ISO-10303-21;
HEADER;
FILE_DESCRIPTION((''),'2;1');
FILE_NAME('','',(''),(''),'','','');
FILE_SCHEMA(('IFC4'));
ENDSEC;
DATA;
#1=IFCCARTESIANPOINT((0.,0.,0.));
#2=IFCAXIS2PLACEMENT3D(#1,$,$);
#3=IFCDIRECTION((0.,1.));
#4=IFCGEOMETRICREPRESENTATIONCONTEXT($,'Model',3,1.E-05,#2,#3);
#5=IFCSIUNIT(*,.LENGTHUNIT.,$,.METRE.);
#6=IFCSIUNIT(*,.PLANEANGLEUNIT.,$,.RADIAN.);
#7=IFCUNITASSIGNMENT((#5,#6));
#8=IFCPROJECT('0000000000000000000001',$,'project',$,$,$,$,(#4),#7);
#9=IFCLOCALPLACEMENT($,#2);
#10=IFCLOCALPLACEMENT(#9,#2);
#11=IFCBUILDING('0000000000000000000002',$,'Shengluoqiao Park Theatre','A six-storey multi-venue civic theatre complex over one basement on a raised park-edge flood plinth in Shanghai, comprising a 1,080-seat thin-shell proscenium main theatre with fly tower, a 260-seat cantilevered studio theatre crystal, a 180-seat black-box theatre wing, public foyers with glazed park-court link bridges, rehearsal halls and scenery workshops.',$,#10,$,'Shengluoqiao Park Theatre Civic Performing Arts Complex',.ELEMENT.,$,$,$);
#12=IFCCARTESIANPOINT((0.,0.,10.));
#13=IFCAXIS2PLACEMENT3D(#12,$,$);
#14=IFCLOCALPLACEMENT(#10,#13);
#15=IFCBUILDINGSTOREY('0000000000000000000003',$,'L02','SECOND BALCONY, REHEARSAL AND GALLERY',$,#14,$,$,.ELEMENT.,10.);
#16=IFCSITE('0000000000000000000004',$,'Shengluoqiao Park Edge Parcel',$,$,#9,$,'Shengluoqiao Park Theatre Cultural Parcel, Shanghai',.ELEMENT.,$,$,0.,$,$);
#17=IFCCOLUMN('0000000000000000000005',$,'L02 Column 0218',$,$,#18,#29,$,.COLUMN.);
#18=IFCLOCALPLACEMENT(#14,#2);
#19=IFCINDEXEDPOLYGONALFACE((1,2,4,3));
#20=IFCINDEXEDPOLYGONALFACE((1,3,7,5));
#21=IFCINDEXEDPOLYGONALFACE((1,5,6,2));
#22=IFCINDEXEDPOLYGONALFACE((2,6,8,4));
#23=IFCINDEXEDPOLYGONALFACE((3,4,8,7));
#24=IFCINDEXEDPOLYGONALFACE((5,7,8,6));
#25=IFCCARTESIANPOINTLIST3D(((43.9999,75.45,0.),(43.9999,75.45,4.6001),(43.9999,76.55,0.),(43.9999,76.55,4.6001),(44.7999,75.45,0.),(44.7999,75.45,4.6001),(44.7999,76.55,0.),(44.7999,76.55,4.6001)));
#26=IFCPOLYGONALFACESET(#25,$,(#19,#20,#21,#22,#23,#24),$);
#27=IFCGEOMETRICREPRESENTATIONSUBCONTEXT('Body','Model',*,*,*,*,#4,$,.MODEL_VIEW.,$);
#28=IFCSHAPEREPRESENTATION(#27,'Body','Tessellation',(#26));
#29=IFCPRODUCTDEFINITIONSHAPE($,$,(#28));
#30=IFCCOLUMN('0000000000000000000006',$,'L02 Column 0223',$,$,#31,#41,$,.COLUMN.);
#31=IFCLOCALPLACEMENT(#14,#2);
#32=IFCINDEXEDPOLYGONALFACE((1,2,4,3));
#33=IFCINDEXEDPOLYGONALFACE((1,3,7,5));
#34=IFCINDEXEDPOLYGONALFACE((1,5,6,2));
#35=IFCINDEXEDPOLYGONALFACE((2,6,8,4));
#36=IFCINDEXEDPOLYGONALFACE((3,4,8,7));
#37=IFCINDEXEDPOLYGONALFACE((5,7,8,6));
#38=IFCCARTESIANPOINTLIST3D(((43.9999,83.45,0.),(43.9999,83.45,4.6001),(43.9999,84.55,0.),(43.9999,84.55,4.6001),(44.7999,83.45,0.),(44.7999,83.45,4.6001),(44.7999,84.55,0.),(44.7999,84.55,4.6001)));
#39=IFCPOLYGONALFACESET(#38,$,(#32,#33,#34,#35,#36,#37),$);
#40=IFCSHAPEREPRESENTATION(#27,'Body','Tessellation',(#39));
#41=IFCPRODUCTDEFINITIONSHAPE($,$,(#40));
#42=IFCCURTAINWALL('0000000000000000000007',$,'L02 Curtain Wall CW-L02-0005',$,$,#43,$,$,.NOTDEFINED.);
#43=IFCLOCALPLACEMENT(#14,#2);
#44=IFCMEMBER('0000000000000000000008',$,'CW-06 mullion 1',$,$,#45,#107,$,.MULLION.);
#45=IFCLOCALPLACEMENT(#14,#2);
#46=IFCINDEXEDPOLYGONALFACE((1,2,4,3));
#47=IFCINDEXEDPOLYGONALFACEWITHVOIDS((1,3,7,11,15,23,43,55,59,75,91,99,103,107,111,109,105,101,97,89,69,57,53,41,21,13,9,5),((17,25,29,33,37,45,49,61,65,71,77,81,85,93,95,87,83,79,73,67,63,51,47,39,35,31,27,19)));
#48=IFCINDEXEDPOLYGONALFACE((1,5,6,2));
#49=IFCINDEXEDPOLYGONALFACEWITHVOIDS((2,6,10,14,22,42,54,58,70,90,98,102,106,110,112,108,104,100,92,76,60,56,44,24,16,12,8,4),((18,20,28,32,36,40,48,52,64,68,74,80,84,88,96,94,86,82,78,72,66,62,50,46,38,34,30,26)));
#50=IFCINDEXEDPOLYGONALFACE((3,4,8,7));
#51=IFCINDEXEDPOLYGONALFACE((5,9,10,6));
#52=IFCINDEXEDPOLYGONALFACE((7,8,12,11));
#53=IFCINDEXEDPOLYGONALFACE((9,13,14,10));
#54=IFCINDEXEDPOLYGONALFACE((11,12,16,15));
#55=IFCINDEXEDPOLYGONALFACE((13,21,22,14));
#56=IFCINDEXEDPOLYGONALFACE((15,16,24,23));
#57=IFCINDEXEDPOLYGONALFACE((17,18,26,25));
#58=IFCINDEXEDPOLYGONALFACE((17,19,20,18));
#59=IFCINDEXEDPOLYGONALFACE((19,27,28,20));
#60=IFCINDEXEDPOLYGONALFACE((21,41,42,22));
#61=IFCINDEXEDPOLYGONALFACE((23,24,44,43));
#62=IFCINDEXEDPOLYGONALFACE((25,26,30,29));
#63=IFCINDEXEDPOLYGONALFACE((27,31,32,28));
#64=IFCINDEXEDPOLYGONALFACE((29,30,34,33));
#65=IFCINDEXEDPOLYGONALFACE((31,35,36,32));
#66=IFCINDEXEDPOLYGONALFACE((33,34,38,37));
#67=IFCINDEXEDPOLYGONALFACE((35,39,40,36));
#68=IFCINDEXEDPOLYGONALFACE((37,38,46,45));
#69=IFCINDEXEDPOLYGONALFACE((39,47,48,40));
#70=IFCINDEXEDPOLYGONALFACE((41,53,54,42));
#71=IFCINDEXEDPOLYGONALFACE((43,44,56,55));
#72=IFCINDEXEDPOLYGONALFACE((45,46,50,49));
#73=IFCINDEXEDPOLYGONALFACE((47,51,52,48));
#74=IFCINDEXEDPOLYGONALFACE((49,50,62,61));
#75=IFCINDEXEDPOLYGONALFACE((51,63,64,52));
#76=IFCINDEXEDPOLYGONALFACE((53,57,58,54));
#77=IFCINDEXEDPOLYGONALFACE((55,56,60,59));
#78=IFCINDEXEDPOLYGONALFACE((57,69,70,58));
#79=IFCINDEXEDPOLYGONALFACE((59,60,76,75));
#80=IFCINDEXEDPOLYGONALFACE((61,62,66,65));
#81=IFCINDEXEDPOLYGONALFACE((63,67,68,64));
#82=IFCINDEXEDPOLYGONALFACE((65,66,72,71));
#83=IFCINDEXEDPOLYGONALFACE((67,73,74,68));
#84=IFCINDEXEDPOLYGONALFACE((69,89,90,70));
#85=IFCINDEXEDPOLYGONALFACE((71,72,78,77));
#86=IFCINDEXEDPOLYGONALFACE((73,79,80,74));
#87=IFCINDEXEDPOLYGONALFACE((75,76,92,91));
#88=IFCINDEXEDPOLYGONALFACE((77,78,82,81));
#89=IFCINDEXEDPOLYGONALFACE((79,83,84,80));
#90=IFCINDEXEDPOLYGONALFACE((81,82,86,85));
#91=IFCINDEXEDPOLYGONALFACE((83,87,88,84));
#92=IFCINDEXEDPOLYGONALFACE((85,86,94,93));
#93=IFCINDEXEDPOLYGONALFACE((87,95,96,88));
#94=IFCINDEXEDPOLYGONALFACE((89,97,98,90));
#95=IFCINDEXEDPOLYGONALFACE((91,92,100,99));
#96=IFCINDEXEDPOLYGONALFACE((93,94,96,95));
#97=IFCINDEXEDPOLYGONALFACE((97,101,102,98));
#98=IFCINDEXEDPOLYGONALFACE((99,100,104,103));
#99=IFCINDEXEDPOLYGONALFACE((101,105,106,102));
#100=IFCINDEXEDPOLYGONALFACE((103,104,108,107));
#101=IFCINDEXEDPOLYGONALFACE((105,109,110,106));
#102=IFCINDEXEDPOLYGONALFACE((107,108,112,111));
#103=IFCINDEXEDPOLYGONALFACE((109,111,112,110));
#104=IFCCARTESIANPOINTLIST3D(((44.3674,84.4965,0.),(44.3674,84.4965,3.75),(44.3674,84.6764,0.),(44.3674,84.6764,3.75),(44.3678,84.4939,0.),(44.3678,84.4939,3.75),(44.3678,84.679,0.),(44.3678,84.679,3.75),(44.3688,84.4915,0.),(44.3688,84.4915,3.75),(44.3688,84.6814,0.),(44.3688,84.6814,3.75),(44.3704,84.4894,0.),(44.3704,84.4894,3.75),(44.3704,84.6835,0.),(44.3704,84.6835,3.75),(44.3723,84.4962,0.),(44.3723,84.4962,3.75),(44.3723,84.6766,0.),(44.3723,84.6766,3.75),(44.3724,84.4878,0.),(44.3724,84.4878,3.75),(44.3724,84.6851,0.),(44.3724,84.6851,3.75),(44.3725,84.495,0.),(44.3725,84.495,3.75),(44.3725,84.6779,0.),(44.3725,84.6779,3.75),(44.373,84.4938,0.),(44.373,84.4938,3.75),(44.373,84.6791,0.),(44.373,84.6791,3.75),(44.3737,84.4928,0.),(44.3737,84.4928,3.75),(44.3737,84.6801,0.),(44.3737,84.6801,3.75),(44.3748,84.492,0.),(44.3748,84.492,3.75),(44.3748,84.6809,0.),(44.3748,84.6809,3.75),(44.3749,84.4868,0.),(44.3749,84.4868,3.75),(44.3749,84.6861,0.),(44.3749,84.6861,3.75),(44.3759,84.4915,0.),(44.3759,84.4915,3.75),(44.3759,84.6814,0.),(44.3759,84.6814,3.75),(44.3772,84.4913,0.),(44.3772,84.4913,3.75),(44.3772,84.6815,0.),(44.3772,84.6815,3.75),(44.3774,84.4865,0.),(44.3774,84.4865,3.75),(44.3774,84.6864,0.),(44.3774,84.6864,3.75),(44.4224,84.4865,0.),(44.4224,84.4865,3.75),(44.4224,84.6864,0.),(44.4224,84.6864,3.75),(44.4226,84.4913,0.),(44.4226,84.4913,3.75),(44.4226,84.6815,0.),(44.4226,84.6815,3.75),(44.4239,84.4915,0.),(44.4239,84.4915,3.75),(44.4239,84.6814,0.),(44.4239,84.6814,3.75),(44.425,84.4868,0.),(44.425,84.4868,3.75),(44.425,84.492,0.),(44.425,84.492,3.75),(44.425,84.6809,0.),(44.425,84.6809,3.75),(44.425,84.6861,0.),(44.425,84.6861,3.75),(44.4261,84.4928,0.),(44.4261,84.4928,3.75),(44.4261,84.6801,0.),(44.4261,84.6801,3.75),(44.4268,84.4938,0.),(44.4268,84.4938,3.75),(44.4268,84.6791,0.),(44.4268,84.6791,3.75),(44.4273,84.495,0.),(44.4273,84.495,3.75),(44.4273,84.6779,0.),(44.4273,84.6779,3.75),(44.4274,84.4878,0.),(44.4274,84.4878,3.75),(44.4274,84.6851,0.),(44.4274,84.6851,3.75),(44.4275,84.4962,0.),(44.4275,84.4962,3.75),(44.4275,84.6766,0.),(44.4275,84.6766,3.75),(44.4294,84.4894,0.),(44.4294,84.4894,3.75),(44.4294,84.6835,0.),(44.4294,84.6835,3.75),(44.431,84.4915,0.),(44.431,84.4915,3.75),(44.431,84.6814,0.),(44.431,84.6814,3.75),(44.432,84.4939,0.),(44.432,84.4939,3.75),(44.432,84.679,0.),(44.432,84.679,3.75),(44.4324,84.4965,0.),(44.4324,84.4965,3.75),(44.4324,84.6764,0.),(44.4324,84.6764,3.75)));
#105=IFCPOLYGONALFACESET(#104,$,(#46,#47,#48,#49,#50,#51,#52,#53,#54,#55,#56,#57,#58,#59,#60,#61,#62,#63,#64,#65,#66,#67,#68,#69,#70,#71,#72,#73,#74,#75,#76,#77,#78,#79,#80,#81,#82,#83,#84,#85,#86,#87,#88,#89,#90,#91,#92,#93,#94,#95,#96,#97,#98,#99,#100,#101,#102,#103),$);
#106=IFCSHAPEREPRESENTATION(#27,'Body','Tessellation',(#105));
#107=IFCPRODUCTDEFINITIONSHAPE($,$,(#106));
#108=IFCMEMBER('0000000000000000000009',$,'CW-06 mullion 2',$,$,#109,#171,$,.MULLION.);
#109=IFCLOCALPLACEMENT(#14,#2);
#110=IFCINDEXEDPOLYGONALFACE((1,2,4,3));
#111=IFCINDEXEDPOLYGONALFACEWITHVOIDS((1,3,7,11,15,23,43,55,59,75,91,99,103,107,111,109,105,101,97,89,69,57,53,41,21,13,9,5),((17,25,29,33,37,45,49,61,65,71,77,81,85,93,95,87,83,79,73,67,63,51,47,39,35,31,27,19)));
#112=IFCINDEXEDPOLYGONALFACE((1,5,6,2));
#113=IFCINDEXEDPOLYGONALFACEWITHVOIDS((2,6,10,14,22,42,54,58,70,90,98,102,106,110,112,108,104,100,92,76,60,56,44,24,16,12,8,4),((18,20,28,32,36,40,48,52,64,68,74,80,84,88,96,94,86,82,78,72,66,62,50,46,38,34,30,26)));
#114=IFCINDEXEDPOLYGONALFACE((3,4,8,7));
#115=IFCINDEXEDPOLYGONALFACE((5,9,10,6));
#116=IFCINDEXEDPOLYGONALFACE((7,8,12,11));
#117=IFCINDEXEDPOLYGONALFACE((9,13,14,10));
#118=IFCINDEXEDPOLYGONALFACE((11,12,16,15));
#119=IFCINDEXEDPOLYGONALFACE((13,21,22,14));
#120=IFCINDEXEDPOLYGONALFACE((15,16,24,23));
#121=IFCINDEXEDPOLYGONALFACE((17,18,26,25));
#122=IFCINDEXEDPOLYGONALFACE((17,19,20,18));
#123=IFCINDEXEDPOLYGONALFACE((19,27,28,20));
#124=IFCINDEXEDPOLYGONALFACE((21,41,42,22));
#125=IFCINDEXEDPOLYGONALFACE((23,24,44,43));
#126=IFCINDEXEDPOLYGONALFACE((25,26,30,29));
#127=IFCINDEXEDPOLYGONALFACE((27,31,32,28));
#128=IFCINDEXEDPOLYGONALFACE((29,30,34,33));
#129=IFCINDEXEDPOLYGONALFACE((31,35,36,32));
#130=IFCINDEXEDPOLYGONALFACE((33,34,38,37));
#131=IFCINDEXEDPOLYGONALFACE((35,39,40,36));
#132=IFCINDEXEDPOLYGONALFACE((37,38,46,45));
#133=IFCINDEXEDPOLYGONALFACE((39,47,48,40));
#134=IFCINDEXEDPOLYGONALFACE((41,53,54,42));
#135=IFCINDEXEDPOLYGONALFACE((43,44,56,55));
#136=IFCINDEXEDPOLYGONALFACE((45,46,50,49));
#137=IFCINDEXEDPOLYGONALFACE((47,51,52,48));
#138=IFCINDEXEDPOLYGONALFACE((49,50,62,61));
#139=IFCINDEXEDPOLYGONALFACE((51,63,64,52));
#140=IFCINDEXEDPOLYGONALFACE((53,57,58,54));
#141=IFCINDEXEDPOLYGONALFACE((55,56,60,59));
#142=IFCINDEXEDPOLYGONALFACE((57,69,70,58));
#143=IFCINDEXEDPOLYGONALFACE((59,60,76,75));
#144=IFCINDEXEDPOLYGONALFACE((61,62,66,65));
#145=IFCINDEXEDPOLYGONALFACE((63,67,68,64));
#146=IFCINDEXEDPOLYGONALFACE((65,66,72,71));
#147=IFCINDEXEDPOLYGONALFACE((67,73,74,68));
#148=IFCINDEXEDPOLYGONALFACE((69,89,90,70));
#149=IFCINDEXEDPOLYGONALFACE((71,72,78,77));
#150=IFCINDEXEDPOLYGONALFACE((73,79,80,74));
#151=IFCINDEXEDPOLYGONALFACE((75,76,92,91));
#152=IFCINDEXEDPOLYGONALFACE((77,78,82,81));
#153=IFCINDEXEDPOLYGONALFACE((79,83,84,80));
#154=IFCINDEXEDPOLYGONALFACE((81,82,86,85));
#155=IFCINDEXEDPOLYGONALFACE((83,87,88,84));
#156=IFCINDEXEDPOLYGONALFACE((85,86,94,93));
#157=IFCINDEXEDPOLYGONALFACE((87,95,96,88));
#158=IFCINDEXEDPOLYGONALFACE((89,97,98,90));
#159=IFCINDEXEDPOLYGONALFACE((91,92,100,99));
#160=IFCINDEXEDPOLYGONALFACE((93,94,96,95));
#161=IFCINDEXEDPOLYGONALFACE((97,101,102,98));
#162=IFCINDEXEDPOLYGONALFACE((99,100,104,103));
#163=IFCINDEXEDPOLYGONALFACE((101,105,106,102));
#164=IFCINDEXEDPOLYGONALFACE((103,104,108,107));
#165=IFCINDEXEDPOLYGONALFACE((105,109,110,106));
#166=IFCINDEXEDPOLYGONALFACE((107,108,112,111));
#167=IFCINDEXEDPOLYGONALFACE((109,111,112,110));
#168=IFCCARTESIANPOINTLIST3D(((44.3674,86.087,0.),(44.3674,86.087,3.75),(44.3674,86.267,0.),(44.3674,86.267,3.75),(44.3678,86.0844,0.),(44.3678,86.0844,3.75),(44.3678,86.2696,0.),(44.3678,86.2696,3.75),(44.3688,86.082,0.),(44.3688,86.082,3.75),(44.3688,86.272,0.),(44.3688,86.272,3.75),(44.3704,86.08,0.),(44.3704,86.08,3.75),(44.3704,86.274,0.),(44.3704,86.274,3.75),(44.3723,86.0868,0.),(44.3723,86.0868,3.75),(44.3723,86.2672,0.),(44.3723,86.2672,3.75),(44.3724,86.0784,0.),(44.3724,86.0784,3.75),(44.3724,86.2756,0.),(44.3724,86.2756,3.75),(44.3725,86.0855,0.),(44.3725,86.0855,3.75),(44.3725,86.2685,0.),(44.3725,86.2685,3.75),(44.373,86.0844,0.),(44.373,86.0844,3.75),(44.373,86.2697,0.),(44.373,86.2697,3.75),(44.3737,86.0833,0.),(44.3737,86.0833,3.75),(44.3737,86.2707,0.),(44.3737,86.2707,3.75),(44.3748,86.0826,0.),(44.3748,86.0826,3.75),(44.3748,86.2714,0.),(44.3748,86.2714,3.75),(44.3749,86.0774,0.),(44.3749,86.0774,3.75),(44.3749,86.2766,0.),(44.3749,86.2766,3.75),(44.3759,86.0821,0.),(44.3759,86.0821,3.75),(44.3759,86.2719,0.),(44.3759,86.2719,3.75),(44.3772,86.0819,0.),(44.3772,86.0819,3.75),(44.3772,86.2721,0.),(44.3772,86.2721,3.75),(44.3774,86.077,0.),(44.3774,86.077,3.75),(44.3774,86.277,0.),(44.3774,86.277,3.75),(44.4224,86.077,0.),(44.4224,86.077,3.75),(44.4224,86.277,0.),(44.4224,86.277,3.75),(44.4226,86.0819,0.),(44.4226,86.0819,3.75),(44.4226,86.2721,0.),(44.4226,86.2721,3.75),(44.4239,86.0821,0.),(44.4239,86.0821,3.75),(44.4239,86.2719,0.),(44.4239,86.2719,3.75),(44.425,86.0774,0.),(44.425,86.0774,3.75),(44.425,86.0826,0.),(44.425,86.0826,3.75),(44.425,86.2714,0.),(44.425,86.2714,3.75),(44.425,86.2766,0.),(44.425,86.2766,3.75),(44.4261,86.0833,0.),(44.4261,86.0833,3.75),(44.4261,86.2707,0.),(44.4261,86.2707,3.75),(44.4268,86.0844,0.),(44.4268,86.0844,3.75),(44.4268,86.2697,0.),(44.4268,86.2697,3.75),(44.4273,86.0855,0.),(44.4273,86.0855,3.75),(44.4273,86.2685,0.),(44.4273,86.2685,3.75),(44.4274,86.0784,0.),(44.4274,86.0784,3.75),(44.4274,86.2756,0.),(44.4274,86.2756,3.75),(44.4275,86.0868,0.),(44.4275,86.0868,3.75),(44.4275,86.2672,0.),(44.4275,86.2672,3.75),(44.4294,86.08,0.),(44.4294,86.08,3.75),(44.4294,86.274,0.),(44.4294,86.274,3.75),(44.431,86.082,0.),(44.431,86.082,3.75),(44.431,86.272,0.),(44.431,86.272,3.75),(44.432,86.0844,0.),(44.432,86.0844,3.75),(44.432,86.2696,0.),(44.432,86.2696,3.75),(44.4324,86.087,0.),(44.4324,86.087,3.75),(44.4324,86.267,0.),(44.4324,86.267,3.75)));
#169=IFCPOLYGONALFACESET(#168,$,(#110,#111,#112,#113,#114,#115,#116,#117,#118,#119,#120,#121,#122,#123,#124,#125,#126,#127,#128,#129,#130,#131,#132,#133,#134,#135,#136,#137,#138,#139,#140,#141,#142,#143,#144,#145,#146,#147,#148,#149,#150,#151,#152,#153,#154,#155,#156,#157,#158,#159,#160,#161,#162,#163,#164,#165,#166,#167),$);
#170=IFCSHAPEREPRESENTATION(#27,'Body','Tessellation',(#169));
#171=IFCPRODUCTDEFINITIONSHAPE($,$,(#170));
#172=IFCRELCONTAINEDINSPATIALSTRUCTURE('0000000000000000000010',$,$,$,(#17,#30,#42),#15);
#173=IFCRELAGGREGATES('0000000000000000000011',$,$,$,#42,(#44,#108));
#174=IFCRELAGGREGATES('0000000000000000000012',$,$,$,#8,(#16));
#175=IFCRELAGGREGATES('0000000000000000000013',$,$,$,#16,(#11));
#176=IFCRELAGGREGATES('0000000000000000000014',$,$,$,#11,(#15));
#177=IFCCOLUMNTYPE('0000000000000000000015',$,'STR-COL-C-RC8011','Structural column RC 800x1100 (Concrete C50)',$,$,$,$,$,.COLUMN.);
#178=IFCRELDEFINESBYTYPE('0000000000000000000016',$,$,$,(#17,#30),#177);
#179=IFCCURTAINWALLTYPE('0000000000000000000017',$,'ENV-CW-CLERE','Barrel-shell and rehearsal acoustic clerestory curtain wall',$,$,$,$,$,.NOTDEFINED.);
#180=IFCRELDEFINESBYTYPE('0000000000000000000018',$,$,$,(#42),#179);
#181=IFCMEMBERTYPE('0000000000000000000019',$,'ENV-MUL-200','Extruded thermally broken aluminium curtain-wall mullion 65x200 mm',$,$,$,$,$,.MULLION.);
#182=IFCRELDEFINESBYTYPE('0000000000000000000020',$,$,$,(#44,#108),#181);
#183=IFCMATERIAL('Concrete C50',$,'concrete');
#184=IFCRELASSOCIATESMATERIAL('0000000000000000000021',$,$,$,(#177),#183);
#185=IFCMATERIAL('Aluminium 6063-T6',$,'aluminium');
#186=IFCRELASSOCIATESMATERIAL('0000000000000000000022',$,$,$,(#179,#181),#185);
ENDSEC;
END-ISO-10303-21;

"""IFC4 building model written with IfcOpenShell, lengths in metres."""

from ifc_helpers import new_model, si_unit, direction, frame, origin, origin_2d, place, context, subcontext, project, spatial, rectangle, hollow_rectangle, extrude, material, material_profile, profile_set, type_object, element, aggregate, save


model = new_model("IFC4")

# Units and contexts
model_context = context("Model", 3, precision=1e-05, world=origin(), true_north=direction((0.0, 1.0)))
body_context = subcontext(model_context, "Body", "Model", "MODEL_VIEW")
ifc_project = project(units=[si_unit("LENGTHUNIT", "METRE"), si_unit("PLANEANGLEUNIT", "RADIAN")], contexts=[model_context])

# Site, building, storey
site_placement = place(None, origin())
site = spatial("IfcSite", under=ifc_project, at=site_placement, Name="Shengluoqiao Park Edge Parcel", LongName="Shengluoqiao Park Theatre Cultural Parcel, Shanghai", CompositionType="ELEMENT", RefElevation=0.0)
building_placement = place(site_placement, origin())
building = spatial("IfcBuilding", under=site, at=building_placement, Name="Shengluoqiao Park Theatre", Description="A six-storey multi-venue civic theatre complex over one basement on a raised park-edge flood plinth in Shanghai, comprising a 1,080-seat thin-shell proscenium main theatre with fly tower, a 260-seat cantilevered studio theatre crystal, a 180-seat black-box theatre wing, public foyers with glazed park-court link bridges, rehearsal halls and scenery workshops.", LongName="Shengluoqiao Park Theatre Civic Performing Arts Complex", CompositionType="ELEMENT")
storey_placement = place(building_placement, frame((0.0, 0.0, 10.0)))
storey = spatial("IfcBuildingStorey", under=building, at=storey_placement, Name="L02", Description="SECOND BALCONY, REHEARSAL AND GALLERY", CompositionType="ELEMENT", Elevation=10.0)

# Columns
ifc_material_1 = material(Name="Concrete C50", Category="concrete")
ifc_material_profile_1 = material_profile(ifc_material_1, rectangle(XDim=0.8, YDim=1.1001, at=origin_2d()), Name="RC 800x1100")
ifc_profile_set_1 = profile_set([ifc_material_profile_1], Name="Concrete C50")
column_type = type_object("IfcColumnType", Name="STR-COL-C-RC8011", Description="Structural column RC 800x1100 (Concrete C50)", PredefinedType="COLUMN", material=ifc_profile_set_1)
for number, where, z_axis, x_axis, name in (
    (1, (44.3999, 76.0, 0.0), (0.0, 0.0, 1.0), (1.0, 0.0, 0.0), "L02 Column 0218"),
    (2, (44.3999, 84.0, 0.0), (0.0, 0.0, 1.0), (1.0, 0.0, 0.0), "L02 Column 0223"),
):
    element("IfcColumn", number, at=place(storey_placement, frame(where, z_axis=z_axis, x_axis=x_axis)), inside=storey, type_object=column_type, Name=name, PredefinedType="COLUMN", context=body_context, shape_type="SweptSolid", body=[
        extrude(rectangle(XDim=0.8, YDim=1.1001, at=origin_2d()), origin(), (0.0, 0.0, 1.0), 4.6001),
    ])

# Curtain wall, members
ifc_material_2 = material(Name="Aluminium 6063-T6", Category="aluminium")
curtain_wall_type_1 = type_object("IfcCurtainWallType", Name="ENV-CW-CLERE", Description="Barrel-shell and rehearsal acoustic clerestory curtain wall", PredefinedType="NOTDEFINED", material=ifc_material_2)
curtain_wall_1_placement = place(storey_placement, origin())
curtain_wall_1 = element("IfcCurtainWall", 3, at=curtain_wall_1_placement, inside=storey, type_object=curtain_wall_type_1, Name="L02 Curtain Wall CW-L02-0005", PredefinedType="NOTDEFINED")
ifc_material_profile_2 = material_profile(ifc_material_2, hollow_rectangle(XDim=0.0649, YDim=0.2, WallThickness=0.0049, InnerFilletRadius=0.0049, OuterFilletRadius=0.01, at=origin_2d()), Name="ALU MULLION 200x65x5")
ifc_profile_set_2 = profile_set([ifc_material_profile_2], Name="Aluminium 6063-T6")
member_type_1 = type_object("IfcMemberType", Name="ENV-MUL-200", Description="Extruded thermally broken aluminium curtain-wall mullion 65x200 mm", PredefinedType="MULLION", material=ifc_profile_set_2)
member_1_placement = place(storey_placement, frame((44.3999, 84.5864, 0.0), z_axis=(0.0, 0.0, 1.0), x_axis=(-1.0, 0.0, 0.0)))
member_1 = element("IfcMember", 4, at=member_1_placement, type_object=member_type_1, Name="CW-06 mullion 1", PredefinedType="MULLION", context=body_context, shape_type="SweptSolid", body=[
    extrude(hollow_rectangle(XDim=0.0649, YDim=0.2, WallThickness=0.0049, InnerFilletRadius=0.0049, OuterFilletRadius=0.01, at=origin_2d()), origin(), (0.0, 0.0, 1.0), 3.75),
])
member_2_placement = place(storey_placement, frame((44.3999, 86.177, 0.0), z_axis=(0.0, 0.0, 1.0), x_axis=(-1.0, 0.0, 0.0)))
member_2 = element("IfcMember", 5, at=member_2_placement, type_object=member_type_1, Name="CW-06 mullion 2", PredefinedType="MULLION", context=body_context, shape_type="SweptSolid", body=[
    extrude(hollow_rectangle(XDim=0.0649, YDim=0.2, WallThickness=0.0049, InnerFilletRadius=0.0049, OuterFilletRadius=0.01, at=origin_2d()), origin(), (0.0, 0.0, 1.0), 3.75),
])

aggregate(curtain_wall_1, [member_1, member_2])

save(model, "model.ifc")
